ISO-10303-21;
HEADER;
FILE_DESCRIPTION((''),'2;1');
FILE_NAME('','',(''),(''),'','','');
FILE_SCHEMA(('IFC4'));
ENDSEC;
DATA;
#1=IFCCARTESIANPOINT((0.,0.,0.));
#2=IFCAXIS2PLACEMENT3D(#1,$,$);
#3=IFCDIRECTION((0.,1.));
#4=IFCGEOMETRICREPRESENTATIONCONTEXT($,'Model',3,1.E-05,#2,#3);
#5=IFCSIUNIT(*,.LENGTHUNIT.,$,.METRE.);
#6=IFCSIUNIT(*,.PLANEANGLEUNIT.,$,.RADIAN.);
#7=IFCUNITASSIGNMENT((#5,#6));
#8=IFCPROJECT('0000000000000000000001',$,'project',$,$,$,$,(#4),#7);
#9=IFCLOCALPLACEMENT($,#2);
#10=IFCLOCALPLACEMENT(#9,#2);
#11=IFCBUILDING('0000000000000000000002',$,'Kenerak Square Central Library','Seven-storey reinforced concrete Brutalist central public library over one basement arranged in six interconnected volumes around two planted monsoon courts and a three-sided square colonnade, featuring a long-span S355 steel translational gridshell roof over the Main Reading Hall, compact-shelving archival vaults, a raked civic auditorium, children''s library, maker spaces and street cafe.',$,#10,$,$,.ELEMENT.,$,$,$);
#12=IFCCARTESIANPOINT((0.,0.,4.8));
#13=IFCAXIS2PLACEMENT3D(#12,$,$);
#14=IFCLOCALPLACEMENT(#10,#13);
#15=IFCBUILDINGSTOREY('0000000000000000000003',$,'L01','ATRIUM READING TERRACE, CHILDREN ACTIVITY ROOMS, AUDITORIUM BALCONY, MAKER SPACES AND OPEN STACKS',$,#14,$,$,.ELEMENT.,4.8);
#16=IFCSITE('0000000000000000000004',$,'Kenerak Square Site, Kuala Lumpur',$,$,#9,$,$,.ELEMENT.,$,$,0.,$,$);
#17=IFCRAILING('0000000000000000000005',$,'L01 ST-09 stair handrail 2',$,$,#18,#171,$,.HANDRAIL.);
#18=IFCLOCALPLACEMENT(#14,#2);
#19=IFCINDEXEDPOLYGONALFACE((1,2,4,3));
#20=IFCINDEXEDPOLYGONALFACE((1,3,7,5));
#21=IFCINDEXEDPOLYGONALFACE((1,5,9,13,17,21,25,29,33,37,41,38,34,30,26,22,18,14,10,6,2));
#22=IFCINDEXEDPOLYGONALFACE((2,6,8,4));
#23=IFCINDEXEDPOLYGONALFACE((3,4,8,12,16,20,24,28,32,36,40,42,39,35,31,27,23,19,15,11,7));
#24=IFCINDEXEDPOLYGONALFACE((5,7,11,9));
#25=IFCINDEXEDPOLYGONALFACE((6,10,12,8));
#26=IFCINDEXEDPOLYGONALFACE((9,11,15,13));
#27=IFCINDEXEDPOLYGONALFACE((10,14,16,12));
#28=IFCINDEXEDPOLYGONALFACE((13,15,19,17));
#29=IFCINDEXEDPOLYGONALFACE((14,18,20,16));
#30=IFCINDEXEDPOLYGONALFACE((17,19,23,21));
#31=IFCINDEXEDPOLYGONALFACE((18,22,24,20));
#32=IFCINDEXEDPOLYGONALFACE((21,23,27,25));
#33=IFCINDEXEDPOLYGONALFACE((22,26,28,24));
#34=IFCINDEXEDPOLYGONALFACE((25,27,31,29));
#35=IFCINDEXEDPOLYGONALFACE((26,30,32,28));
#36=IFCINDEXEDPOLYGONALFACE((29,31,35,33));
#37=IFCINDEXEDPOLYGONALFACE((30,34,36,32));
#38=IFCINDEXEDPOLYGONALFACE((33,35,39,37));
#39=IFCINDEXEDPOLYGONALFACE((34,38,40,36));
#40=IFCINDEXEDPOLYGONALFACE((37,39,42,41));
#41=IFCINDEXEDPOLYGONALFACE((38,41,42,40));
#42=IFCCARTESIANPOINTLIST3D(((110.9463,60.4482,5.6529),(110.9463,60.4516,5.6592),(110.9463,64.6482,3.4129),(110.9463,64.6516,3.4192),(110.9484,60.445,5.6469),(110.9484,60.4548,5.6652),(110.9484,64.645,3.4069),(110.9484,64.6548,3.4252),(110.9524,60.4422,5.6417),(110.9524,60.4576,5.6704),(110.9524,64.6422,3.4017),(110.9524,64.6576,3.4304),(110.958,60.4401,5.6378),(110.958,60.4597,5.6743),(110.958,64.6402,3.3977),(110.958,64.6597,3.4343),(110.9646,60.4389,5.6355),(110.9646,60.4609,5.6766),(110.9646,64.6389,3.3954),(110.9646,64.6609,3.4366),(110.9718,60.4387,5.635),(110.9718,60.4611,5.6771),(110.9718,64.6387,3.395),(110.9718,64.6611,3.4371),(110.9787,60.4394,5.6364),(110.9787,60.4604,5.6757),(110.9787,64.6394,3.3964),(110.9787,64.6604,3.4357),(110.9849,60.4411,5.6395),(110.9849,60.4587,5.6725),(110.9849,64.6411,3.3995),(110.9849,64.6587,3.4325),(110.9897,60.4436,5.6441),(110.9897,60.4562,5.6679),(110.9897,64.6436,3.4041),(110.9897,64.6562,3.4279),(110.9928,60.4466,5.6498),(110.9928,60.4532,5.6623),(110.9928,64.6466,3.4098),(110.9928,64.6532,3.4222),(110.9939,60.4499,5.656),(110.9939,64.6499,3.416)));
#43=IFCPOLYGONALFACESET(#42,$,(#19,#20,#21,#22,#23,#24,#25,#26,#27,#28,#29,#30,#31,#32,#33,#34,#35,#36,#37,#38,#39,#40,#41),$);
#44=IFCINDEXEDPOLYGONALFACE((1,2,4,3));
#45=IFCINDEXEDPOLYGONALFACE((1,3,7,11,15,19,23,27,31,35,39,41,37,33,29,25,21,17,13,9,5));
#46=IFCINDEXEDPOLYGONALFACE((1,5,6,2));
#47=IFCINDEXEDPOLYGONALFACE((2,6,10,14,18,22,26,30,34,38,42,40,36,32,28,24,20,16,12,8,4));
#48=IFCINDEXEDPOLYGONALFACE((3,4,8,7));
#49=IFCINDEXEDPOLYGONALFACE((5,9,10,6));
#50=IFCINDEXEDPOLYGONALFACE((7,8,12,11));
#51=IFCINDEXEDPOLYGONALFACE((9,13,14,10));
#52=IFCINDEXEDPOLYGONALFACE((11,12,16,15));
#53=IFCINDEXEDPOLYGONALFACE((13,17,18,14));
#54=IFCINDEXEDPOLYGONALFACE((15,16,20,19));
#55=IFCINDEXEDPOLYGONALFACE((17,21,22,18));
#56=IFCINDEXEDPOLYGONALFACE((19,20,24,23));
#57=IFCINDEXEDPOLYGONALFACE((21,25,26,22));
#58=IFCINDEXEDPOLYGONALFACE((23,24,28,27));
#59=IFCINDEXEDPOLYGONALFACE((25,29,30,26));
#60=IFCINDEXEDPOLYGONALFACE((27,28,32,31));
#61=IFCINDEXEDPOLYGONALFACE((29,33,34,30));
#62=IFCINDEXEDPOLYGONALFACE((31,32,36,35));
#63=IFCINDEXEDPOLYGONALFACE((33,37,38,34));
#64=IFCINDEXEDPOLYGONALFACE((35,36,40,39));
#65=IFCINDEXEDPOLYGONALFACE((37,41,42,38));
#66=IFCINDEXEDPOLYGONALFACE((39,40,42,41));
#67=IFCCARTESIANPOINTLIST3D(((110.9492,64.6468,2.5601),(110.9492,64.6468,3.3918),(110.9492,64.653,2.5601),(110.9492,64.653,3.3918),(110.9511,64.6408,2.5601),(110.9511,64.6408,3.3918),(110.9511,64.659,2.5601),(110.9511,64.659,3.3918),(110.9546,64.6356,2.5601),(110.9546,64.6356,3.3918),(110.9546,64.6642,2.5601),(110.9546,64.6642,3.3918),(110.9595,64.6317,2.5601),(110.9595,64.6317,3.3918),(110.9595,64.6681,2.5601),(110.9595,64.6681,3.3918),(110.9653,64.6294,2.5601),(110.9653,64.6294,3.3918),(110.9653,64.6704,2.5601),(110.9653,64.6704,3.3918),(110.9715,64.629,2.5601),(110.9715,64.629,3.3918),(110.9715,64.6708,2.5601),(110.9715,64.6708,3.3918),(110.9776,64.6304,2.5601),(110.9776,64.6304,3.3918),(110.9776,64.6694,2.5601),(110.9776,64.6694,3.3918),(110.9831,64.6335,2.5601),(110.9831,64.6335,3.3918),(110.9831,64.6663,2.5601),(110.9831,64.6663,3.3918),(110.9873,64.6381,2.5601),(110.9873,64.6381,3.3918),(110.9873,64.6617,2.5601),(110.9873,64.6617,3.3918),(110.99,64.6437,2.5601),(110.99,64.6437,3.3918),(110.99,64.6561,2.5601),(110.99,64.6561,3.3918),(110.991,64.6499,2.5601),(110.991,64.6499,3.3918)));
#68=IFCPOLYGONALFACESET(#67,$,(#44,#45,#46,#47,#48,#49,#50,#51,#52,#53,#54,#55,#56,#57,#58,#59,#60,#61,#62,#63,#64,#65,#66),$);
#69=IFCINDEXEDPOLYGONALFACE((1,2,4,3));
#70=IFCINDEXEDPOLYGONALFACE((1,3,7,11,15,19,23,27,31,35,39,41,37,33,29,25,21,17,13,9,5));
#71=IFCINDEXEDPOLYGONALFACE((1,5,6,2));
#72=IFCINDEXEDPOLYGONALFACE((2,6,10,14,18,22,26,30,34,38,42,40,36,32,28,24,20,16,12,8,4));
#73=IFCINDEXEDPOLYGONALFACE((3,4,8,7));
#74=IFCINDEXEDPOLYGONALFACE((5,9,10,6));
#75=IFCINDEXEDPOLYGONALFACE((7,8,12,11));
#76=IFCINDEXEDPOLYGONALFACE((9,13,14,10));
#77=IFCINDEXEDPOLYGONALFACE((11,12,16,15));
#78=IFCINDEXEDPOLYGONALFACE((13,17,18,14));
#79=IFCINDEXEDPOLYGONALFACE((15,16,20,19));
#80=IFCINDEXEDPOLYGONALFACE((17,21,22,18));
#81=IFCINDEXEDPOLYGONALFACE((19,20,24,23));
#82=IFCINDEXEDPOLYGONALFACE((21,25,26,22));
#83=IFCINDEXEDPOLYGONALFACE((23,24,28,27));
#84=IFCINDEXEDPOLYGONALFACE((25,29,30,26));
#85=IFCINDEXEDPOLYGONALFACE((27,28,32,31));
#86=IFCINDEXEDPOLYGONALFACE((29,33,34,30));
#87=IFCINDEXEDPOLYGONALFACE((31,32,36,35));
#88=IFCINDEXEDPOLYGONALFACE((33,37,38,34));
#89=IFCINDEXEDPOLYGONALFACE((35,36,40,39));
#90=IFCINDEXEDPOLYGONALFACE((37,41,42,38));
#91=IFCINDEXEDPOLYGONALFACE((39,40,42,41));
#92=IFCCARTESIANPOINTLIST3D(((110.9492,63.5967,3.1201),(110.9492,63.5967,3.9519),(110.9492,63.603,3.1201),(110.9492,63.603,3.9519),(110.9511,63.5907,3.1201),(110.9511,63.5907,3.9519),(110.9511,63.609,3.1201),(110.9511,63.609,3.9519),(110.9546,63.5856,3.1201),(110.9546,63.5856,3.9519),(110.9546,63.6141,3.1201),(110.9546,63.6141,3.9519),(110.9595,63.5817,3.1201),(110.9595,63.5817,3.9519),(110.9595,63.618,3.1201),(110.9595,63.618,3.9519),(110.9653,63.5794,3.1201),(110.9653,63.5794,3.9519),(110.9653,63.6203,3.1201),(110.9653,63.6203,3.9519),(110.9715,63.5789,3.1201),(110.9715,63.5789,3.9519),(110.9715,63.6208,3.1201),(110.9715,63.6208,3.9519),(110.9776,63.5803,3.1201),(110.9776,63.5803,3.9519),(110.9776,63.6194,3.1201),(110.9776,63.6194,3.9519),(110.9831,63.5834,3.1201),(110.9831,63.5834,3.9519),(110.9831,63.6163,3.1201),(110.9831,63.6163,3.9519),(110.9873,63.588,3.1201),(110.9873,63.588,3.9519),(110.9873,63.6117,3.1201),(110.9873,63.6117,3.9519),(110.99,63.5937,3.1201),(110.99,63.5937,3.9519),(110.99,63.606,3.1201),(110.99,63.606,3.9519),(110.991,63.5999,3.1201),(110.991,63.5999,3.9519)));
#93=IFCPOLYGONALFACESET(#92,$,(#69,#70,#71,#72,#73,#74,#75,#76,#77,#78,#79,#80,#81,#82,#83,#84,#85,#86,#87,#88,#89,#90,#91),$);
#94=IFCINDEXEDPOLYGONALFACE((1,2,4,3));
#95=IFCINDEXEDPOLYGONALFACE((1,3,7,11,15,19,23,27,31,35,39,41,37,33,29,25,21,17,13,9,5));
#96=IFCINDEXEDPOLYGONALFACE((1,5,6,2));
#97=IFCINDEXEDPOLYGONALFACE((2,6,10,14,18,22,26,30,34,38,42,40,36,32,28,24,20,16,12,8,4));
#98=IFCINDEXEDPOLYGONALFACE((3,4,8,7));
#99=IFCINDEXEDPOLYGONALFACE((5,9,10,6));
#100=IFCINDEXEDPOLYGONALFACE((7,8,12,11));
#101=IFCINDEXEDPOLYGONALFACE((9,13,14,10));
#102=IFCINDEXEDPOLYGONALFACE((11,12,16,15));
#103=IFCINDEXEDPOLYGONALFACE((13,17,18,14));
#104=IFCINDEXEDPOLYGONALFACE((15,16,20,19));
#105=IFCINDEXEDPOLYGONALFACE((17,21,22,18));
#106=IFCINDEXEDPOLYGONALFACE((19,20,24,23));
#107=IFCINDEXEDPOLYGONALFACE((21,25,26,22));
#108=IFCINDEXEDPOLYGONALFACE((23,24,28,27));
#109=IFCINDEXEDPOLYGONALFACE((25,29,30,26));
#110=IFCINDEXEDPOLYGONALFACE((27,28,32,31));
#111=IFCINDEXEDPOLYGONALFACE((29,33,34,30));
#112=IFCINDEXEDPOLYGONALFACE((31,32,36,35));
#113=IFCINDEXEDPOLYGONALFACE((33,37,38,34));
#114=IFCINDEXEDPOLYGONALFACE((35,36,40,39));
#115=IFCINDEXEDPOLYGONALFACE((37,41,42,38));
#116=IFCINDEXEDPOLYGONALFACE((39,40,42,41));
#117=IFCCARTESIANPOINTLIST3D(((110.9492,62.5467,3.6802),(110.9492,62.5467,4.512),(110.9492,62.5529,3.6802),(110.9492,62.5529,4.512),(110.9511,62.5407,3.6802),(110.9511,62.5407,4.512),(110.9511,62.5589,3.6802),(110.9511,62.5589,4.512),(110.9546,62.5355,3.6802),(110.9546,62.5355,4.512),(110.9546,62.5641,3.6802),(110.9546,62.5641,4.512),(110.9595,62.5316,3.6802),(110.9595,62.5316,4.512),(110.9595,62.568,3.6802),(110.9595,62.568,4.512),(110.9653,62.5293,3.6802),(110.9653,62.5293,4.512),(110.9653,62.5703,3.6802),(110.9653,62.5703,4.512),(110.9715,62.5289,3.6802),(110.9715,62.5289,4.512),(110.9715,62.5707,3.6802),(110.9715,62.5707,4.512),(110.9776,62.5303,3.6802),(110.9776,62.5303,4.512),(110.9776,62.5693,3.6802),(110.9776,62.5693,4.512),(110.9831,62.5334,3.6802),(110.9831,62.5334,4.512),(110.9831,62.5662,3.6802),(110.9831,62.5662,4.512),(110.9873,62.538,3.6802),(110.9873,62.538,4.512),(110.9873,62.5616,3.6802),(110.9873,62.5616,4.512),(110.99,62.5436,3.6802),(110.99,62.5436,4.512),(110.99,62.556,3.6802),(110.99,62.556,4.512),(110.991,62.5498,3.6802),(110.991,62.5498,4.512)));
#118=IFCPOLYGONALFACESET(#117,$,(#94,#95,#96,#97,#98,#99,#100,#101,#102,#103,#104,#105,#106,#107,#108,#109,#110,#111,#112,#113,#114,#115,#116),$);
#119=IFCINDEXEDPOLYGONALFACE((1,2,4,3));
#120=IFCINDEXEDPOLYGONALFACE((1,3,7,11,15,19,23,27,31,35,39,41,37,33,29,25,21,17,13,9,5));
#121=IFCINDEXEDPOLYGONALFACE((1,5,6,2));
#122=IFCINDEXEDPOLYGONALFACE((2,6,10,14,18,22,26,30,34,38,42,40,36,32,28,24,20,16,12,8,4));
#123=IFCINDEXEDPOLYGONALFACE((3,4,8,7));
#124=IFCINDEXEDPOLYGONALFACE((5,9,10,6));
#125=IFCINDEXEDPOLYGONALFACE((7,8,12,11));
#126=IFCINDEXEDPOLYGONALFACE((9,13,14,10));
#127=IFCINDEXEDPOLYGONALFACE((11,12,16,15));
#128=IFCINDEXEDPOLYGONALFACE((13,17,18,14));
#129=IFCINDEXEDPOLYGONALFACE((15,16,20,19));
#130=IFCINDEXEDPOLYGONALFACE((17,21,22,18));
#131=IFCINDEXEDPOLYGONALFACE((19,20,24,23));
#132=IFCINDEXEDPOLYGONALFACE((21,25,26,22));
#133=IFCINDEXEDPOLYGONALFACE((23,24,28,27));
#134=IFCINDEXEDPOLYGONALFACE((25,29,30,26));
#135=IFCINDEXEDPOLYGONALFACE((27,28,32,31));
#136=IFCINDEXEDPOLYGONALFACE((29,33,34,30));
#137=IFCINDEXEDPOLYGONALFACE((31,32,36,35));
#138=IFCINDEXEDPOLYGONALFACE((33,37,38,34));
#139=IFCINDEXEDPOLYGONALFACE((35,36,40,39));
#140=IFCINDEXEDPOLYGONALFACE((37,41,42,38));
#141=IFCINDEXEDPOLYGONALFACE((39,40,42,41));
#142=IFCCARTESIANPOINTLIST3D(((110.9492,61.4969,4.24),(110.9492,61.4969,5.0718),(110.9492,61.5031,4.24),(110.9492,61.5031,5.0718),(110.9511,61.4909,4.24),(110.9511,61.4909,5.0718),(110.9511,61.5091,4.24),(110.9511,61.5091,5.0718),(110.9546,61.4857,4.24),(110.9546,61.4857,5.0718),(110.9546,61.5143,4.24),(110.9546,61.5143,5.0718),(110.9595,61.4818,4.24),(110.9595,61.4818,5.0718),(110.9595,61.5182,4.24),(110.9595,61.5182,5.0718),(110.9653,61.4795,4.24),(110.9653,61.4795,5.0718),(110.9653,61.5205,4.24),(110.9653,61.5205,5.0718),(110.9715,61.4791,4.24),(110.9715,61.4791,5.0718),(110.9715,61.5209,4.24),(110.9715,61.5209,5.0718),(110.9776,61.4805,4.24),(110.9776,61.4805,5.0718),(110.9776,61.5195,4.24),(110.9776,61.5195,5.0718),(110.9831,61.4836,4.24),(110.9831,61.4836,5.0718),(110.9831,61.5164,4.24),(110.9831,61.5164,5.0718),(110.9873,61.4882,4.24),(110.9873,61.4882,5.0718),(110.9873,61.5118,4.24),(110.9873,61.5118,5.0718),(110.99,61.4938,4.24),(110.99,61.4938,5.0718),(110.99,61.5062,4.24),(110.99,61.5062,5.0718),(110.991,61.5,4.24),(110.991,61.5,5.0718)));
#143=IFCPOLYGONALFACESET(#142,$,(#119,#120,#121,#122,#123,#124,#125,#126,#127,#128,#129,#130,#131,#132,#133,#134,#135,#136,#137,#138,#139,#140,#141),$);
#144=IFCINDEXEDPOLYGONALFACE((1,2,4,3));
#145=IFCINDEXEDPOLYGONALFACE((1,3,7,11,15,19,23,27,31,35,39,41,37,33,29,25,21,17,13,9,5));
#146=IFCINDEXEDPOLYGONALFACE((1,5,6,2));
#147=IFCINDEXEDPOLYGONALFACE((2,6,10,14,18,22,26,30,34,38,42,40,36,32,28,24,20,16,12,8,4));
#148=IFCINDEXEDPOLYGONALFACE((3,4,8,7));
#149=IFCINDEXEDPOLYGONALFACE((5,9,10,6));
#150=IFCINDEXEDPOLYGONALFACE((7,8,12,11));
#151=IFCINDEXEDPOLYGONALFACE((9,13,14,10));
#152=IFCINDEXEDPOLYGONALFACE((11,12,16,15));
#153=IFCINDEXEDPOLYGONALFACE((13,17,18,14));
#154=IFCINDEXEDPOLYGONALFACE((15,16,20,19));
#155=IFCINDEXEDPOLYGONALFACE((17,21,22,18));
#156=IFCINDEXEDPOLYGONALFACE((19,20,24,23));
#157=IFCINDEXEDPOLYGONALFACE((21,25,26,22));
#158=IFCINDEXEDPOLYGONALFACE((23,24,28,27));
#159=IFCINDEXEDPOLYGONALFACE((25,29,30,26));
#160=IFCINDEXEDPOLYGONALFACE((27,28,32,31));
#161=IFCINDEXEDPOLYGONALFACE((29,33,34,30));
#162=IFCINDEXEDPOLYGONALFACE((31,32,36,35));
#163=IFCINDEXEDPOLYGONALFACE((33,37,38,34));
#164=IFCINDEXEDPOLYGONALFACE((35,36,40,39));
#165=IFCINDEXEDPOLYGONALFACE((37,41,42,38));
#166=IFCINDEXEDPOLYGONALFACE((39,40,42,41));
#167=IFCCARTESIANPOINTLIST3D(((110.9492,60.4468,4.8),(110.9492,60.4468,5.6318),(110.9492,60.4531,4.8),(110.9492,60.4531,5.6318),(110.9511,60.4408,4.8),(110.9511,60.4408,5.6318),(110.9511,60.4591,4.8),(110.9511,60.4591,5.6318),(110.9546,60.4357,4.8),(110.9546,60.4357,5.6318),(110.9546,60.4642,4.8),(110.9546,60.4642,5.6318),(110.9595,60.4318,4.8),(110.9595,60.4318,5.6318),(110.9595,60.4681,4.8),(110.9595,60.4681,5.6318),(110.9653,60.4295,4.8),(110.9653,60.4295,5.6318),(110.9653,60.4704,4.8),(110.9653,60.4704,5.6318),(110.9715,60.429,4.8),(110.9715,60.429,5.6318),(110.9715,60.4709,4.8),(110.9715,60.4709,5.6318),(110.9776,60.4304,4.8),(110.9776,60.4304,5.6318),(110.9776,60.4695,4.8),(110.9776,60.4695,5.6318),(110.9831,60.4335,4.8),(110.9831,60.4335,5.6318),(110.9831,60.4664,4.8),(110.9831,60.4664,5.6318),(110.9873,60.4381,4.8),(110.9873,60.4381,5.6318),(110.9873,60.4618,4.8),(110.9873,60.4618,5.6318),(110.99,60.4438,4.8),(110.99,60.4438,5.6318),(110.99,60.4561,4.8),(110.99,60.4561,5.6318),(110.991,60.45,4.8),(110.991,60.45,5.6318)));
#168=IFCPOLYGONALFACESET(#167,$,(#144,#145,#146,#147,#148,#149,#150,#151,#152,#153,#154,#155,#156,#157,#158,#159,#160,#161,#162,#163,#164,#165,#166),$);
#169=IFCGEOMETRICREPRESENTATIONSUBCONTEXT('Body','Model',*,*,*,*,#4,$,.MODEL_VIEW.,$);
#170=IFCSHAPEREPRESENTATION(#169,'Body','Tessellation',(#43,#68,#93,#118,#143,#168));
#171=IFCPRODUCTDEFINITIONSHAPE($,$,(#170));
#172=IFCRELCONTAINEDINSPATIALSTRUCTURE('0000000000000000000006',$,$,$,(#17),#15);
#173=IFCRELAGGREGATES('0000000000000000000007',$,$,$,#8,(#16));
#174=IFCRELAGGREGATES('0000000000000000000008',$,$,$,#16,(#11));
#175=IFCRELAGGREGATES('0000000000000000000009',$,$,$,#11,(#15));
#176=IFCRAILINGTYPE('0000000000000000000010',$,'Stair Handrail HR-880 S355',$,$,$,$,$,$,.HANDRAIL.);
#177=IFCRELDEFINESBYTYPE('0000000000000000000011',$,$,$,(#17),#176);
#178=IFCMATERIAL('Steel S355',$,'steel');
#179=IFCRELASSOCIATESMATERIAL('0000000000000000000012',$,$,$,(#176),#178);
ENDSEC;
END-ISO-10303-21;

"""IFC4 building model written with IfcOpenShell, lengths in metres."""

from ifc_helpers import new_model, si_unit, direction, frame, origin, origin_2d, place, context, subcontext, project, spatial, circle, extrude, material, type_object, element, save


model = new_model("IFC4")

# Units and contexts
model_context = context("Model", 3, precision=1e-05, world=origin(), true_north=direction((0.0, 1.0)))
body_context = subcontext(model_context, "Body", "Model", "MODEL_VIEW")
ifc_project = project(units=[si_unit("LENGTHUNIT", "METRE"), si_unit("PLANEANGLEUNIT", "RADIAN")], contexts=[model_context])

# Site, building, storey
site_placement = place(None, origin())
site = spatial("IfcSite", under=ifc_project, at=site_placement, Name="Kenerak Square Site, Kuala Lumpur", CompositionType="ELEMENT", RefElevation=0.0)
building_placement = place(site_placement, origin())
building = spatial("IfcBuilding", under=site, at=building_placement, Name="Kenerak Square Central Library", Description="Seven-storey reinforced concrete Brutalist central public library over one basement arranged in six interconnected volumes around two planted monsoon courts and a three-sided square colonnade, featuring a long-span S355 steel translational gridshell roof over the Main Reading Hall, compact-shelving archival vaults, a raked civic auditorium, children's library, maker spaces and street cafe.", CompositionType="ELEMENT")
storey_placement = place(building_placement, frame((0.0, 0.0, 4.8)))
storey = spatial("IfcBuildingStorey", under=building, at=storey_placement, Name="L01", Description="ATRIUM READING TERRACE, CHILDREN ACTIVITY ROOMS, AUDITORIUM BALCONY, MAKER SPACES AND OPEN STACKS", CompositionType="ELEMENT", Elevation=4.8)

# Railing
ifc_material_1 = material(Name="Steel S355", Category="steel")
railing_type_1 = type_object("IfcRailingType", Name="Stair Handrail HR-880 S355", PredefinedType="HANDRAIL", material=ifc_material_1)
railing_1_placement = place(storey_placement, frame((110.97, 64.6499, 2.5601)))
element("IfcRailing", 1, at=railing_1_placement, inside=storey, type_object=railing_type_1, Name="L01 ST-09 stair handrail 2", PredefinedType="HANDRAIL", context=body_context, shape_type="SweptSolid", body=[
    extrude(circle(Radius=0.0239, at=origin_2d()), frame((0.0, 0.0, 0.856), z_axis=(0.0, -0.882352, 0.470591), x_axis=(1.0, 0.0, 0.0)), (0.0, 0.0, 1.0), 4.76),
    extrude(circle(Radius=0.021, at=origin_2d()), origin(), (0.0, 0.0, 1.0), 0.8318),
    extrude(circle(Radius=0.021, at=origin_2d()), frame((0.0, -1.05, 0.5601)), (0.0, 0.0, 1.0), 0.8318),
    extrude(circle(Radius=0.021, at=origin_2d()), frame((0.0, -2.1001, 1.1201)), (0.0, 0.0, 1.0), 0.8318),
    extrude(circle(Radius=0.021, at=origin_2d()), frame((0.0, -3.1499, 1.6799)), (0.0, 0.0, 1.0), 0.8318),
    extrude(circle(Radius=0.021, at=origin_2d()), frame((0.0, -4.2, 2.24)), (0.0, 0.0, 1.0), 0.8318),
])

save(model, "model.ifc")
